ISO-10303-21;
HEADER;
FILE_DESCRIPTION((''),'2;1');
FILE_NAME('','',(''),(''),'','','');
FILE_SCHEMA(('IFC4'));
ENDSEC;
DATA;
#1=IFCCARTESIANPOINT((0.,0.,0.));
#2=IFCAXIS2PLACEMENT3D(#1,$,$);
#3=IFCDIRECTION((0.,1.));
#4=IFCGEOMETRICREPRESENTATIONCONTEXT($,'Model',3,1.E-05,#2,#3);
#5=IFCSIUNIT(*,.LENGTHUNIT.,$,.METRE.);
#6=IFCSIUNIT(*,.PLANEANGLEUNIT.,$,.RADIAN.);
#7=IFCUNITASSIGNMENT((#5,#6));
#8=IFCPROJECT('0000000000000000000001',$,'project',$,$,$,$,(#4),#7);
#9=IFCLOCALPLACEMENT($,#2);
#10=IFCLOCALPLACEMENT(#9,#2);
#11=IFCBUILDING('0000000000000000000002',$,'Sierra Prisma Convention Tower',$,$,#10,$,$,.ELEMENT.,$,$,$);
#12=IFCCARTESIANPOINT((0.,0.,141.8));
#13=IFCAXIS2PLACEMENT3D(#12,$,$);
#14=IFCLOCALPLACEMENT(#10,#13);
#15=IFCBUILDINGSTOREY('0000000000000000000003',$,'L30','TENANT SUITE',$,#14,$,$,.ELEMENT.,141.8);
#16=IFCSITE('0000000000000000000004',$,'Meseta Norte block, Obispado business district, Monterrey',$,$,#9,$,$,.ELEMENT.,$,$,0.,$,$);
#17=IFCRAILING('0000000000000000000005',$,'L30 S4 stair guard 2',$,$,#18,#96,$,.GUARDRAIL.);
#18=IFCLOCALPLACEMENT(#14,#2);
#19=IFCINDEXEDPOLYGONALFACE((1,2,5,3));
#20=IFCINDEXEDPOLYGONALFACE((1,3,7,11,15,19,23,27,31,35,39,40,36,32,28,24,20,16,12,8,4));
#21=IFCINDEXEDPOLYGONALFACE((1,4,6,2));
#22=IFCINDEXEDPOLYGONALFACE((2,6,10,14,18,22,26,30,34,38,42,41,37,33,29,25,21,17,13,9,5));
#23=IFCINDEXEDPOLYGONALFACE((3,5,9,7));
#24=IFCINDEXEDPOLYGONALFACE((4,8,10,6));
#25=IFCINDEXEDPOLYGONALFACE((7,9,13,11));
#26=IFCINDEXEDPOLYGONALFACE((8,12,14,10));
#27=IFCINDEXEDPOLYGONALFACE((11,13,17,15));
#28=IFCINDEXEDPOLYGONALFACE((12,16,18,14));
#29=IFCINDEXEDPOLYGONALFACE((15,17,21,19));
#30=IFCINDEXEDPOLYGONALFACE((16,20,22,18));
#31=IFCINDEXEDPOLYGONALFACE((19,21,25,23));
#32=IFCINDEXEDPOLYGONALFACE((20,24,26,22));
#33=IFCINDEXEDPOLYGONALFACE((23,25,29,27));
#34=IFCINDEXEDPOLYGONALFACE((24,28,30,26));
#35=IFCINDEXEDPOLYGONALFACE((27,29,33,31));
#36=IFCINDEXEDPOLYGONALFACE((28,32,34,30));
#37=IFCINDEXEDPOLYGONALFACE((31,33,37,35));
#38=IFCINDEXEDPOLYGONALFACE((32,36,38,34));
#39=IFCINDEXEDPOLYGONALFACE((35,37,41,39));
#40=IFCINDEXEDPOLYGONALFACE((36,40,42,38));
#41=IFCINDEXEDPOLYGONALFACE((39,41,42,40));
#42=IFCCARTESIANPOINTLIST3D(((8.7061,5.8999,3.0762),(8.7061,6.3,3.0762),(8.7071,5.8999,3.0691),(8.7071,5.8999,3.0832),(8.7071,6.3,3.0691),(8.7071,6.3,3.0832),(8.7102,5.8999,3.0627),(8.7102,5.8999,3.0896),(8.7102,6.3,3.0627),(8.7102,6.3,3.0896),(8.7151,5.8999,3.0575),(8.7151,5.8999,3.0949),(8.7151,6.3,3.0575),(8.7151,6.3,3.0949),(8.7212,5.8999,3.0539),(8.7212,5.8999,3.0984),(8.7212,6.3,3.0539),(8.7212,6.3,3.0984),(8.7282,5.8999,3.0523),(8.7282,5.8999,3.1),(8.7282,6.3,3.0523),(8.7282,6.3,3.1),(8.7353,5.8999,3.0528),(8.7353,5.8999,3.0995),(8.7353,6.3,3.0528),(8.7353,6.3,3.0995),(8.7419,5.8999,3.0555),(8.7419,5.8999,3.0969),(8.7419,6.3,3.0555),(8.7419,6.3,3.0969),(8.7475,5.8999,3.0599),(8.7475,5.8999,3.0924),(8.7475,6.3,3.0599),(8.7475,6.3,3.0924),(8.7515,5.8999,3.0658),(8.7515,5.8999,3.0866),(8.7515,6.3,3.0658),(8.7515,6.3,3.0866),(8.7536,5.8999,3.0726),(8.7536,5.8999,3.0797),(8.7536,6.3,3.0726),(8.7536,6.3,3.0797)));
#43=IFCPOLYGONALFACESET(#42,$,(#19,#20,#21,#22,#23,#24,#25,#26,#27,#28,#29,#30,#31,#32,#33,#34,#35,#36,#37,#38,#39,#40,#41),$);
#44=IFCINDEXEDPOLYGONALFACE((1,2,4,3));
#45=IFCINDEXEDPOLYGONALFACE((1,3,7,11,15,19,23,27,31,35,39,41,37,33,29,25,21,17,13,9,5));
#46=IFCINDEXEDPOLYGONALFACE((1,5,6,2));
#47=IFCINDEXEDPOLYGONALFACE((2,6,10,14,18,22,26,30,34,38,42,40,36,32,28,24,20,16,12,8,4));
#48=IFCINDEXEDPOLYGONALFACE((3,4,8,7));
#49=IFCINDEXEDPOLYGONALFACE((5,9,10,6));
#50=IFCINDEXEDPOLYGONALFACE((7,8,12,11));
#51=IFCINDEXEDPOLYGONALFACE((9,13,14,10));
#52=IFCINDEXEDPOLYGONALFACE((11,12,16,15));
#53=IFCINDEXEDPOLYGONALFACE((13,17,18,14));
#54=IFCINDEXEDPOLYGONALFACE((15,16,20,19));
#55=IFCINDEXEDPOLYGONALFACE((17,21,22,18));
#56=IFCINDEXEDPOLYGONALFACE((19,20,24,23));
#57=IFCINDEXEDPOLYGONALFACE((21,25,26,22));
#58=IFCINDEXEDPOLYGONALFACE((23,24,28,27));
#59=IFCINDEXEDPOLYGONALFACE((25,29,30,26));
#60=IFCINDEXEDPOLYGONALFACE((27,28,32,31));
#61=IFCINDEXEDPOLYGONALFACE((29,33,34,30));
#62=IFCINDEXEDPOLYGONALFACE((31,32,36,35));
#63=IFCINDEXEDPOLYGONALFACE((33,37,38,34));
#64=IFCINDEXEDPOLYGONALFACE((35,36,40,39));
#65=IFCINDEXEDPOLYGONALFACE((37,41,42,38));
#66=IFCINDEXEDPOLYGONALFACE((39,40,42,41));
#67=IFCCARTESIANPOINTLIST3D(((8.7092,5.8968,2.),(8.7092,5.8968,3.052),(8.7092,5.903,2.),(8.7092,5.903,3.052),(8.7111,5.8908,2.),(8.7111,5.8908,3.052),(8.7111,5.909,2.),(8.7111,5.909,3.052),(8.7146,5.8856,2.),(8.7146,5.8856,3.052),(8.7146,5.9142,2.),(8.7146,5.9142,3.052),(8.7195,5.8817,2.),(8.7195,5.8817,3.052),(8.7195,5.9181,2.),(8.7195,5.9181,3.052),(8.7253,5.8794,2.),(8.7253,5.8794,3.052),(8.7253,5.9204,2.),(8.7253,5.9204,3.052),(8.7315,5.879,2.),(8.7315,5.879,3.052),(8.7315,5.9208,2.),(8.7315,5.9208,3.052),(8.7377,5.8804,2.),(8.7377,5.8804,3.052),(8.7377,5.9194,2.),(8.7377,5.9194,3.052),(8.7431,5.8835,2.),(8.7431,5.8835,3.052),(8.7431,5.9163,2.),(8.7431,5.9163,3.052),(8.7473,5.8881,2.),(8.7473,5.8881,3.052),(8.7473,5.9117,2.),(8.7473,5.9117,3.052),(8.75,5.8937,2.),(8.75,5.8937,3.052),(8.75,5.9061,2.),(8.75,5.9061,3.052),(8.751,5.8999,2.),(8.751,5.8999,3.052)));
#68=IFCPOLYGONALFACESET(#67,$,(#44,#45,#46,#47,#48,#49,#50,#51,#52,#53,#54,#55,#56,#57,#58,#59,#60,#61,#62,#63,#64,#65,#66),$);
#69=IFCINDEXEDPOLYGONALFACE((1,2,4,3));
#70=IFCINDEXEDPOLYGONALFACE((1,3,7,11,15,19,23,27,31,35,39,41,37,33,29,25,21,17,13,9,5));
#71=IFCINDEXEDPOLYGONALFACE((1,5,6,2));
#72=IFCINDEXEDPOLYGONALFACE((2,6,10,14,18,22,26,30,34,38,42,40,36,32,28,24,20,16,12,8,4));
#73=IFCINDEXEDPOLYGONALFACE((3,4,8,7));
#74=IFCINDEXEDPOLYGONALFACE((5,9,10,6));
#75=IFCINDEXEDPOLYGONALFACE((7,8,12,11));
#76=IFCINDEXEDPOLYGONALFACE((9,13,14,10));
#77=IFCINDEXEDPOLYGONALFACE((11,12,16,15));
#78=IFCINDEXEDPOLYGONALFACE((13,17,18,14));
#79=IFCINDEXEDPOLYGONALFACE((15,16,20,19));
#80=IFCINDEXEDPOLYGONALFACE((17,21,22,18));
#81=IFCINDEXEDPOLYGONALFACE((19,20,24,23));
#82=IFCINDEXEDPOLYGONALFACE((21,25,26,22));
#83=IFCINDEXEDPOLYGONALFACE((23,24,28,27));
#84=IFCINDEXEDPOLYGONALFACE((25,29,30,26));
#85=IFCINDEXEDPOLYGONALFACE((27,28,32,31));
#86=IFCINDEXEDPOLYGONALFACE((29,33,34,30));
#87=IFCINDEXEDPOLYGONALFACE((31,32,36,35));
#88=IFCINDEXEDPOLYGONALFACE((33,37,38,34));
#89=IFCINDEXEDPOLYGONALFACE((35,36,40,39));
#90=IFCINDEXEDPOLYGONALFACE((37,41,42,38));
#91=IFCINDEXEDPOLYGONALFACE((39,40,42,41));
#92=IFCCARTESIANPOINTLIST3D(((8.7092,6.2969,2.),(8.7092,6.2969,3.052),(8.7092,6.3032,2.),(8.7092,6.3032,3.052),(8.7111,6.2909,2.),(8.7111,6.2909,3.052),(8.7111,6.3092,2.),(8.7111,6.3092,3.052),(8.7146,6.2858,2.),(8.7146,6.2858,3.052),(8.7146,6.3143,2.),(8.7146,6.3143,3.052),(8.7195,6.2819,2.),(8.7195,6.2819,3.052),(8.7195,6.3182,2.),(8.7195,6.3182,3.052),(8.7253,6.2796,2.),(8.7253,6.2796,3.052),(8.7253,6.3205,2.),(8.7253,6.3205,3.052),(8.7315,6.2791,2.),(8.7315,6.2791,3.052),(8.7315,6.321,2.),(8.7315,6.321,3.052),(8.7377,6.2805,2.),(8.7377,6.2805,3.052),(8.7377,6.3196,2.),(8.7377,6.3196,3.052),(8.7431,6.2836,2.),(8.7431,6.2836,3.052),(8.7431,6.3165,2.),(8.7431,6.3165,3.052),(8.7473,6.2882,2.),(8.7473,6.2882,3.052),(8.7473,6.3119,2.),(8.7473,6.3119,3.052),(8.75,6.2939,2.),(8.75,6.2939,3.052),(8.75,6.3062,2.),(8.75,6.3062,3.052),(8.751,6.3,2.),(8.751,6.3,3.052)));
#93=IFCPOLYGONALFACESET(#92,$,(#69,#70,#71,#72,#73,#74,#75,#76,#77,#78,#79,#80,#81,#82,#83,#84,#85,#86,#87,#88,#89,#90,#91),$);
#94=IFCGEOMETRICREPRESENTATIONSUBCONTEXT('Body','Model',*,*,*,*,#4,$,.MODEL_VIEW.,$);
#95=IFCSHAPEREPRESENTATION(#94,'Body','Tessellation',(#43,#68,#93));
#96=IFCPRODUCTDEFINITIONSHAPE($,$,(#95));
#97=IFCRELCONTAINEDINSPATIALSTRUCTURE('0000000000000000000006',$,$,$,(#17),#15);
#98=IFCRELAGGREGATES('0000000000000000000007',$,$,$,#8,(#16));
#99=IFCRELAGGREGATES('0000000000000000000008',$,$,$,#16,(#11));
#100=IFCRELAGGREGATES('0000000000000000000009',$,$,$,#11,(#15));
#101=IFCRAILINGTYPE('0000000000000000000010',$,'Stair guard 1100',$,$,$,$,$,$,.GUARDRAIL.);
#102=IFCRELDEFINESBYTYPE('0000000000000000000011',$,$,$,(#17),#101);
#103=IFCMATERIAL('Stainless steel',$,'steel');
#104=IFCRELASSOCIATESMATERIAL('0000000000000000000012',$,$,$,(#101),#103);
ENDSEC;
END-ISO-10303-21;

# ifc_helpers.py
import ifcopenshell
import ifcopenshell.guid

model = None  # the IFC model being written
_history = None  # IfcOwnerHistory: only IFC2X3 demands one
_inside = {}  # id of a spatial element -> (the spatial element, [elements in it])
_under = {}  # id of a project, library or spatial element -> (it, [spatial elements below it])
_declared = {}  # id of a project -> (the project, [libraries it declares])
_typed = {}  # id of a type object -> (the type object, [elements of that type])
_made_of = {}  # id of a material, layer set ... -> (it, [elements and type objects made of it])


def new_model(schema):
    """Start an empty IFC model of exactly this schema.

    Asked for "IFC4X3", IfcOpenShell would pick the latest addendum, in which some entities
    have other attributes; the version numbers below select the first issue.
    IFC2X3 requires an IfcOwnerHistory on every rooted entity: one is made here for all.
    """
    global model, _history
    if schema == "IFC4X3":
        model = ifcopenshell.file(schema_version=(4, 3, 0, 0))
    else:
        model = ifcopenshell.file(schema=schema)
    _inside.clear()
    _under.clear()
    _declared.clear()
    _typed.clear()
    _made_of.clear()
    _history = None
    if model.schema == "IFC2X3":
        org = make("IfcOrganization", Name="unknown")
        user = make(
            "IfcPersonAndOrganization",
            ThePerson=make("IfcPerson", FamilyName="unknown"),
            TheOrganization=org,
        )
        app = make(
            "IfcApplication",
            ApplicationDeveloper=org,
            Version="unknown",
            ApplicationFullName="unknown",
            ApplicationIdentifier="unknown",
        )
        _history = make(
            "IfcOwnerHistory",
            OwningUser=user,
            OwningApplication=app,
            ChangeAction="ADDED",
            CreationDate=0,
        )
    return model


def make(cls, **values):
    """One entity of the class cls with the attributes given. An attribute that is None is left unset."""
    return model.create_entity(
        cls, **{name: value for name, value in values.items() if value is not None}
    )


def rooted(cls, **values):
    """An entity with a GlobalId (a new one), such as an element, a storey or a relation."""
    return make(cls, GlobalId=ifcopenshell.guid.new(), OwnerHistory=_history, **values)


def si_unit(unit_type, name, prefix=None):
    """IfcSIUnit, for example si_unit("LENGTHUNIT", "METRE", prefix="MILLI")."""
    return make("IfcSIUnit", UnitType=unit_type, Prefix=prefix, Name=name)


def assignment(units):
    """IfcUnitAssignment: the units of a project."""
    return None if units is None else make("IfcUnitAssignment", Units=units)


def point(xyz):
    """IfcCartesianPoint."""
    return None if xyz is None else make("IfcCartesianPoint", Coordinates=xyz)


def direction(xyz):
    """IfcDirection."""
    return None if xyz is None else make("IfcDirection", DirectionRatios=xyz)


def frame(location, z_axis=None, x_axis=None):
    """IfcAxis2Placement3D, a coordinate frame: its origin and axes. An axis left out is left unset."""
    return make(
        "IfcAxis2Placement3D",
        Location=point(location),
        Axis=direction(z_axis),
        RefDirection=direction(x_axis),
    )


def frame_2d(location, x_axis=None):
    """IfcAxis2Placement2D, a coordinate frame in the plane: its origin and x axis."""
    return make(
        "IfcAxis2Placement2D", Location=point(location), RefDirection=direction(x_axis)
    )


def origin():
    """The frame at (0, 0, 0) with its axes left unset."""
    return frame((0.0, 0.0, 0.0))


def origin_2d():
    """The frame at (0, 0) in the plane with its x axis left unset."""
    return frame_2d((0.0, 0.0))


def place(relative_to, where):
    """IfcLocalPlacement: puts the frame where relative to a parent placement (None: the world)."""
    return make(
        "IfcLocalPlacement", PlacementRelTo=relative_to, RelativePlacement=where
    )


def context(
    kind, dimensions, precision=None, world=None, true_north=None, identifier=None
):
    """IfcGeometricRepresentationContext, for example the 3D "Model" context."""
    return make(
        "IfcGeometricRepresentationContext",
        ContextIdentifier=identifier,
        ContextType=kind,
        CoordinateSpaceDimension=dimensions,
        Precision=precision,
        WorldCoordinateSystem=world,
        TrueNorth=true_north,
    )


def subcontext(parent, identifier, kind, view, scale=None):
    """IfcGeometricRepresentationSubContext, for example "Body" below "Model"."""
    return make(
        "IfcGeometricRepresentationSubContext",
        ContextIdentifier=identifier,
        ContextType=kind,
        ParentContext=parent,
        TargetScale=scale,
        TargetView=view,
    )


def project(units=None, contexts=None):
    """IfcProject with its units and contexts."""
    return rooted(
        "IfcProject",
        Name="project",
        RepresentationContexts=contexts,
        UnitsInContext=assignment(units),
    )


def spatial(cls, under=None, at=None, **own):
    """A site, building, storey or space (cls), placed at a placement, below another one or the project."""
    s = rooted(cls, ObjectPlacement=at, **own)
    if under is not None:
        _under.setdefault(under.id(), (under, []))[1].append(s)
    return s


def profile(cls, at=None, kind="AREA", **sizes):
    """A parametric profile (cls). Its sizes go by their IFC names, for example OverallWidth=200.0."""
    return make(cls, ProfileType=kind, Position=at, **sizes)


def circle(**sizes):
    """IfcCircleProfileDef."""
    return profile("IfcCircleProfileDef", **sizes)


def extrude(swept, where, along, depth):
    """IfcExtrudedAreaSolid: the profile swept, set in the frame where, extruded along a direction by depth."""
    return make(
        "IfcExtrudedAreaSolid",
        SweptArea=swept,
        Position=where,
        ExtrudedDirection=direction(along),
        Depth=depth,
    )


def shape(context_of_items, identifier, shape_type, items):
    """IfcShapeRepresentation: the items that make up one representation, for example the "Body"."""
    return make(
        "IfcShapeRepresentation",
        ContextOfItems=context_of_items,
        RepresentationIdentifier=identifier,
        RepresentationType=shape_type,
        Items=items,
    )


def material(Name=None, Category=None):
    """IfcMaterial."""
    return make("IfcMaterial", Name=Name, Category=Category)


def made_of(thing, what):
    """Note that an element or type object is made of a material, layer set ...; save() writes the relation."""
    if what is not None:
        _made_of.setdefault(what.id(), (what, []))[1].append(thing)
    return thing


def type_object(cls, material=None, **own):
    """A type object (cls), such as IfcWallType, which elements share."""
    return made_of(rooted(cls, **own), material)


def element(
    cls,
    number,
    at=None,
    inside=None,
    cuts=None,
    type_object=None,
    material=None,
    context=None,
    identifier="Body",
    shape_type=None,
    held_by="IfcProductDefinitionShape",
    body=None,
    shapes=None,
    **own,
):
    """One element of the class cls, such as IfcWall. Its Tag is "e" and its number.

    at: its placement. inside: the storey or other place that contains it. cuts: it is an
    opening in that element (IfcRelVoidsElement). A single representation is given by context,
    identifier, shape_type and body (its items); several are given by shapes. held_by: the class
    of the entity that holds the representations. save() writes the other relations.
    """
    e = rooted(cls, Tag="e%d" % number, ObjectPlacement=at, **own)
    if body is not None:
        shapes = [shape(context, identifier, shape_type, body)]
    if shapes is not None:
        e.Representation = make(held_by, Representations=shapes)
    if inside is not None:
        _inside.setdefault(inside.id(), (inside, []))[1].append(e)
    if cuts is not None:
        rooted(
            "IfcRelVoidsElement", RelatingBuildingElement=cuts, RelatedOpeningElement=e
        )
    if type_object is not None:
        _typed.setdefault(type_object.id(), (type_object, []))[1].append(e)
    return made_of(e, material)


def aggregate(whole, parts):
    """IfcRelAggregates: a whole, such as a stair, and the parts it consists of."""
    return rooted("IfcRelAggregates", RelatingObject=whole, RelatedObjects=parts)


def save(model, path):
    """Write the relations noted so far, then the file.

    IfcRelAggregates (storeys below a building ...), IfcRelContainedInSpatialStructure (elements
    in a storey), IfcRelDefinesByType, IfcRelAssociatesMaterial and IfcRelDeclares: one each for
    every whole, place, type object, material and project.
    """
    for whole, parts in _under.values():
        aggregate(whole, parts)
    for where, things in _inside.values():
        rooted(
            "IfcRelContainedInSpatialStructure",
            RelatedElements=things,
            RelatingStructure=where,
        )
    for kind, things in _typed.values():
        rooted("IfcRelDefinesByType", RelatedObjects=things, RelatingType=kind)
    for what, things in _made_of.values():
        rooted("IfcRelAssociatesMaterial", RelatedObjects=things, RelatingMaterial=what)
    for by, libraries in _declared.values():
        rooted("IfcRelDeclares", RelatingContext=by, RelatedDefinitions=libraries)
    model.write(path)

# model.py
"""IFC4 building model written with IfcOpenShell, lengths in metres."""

from ifc_helpers import new_model, si_unit, direction, frame, origin, origin_2d, place, context, subcontext, project, spatial, circle, extrude, material, type_object, element, save


model = new_model("IFC4")

# Units and contexts
model_context = context("Model", 3, precision=1e-05, world=origin(), true_north=direction((0.0, 1.0)))
body_context = subcontext(model_context, "Body", "Model", "MODEL_VIEW")
ifc_project = project(units=[si_unit("LENGTHUNIT", "METRE"), si_unit("PLANEANGLEUNIT", "RADIAN")], contexts=[model_context])

# Site, building, storey
site_placement = place(None, origin())
site = spatial("IfcSite", under=ifc_project, at=site_placement, Name="Meseta Norte block, Obispado business district, Monterrey", CompositionType="ELEMENT", RefElevation=0.0)
building_placement = place(site_placement, origin())
building = spatial("IfcBuilding", under=site, at=building_placement, Name="Sierra Prisma Convention Tower", CompositionType="ELEMENT")
storey_placement = place(building_placement, frame((0.0, 0.0, 141.8)))
storey = spatial("IfcBuildingStorey", under=building, at=storey_placement, Name="L30", Description="TENANT SUITE", CompositionType="ELEMENT", Elevation=141.8)

# Railing
ifc_material_1 = material(Name="Stainless steel", Category="steel")
railing_type_1 = type_object("IfcRailingType", Name="Stair guard 1100", PredefinedType="GUARDRAIL", material=ifc_material_1)
railing_1_placement = place(storey_placement, frame((8.73, 5.8999, 2.0)))
element("IfcRailing", 1, at=railing_1_placement, inside=storey, type_object=railing_type_1, Name="L30 S4 stair guard 2", PredefinedType="GUARDRAIL", context=body_context, shape_type="SweptSolid", body=[
    extrude(circle(Radius=0.0239, at=origin_2d()), frame((0.0, 0.0, 1.0762), z_axis=(0.0, 1.0, 0.0), x_axis=(-1.0, 0.0, 0.0)), (0.0, 0.0, 1.0), 0.4001),
    extrude(circle(Radius=0.021, at=origin_2d()), origin(), (0.0, 0.0, 1.0), 1.052),
    extrude(circle(Radius=0.021, at=origin_2d()), frame((0.0, 0.4001, 0.0)), (0.0, 0.0, 1.0), 1.052),
])

save(model, "model.ifc")
